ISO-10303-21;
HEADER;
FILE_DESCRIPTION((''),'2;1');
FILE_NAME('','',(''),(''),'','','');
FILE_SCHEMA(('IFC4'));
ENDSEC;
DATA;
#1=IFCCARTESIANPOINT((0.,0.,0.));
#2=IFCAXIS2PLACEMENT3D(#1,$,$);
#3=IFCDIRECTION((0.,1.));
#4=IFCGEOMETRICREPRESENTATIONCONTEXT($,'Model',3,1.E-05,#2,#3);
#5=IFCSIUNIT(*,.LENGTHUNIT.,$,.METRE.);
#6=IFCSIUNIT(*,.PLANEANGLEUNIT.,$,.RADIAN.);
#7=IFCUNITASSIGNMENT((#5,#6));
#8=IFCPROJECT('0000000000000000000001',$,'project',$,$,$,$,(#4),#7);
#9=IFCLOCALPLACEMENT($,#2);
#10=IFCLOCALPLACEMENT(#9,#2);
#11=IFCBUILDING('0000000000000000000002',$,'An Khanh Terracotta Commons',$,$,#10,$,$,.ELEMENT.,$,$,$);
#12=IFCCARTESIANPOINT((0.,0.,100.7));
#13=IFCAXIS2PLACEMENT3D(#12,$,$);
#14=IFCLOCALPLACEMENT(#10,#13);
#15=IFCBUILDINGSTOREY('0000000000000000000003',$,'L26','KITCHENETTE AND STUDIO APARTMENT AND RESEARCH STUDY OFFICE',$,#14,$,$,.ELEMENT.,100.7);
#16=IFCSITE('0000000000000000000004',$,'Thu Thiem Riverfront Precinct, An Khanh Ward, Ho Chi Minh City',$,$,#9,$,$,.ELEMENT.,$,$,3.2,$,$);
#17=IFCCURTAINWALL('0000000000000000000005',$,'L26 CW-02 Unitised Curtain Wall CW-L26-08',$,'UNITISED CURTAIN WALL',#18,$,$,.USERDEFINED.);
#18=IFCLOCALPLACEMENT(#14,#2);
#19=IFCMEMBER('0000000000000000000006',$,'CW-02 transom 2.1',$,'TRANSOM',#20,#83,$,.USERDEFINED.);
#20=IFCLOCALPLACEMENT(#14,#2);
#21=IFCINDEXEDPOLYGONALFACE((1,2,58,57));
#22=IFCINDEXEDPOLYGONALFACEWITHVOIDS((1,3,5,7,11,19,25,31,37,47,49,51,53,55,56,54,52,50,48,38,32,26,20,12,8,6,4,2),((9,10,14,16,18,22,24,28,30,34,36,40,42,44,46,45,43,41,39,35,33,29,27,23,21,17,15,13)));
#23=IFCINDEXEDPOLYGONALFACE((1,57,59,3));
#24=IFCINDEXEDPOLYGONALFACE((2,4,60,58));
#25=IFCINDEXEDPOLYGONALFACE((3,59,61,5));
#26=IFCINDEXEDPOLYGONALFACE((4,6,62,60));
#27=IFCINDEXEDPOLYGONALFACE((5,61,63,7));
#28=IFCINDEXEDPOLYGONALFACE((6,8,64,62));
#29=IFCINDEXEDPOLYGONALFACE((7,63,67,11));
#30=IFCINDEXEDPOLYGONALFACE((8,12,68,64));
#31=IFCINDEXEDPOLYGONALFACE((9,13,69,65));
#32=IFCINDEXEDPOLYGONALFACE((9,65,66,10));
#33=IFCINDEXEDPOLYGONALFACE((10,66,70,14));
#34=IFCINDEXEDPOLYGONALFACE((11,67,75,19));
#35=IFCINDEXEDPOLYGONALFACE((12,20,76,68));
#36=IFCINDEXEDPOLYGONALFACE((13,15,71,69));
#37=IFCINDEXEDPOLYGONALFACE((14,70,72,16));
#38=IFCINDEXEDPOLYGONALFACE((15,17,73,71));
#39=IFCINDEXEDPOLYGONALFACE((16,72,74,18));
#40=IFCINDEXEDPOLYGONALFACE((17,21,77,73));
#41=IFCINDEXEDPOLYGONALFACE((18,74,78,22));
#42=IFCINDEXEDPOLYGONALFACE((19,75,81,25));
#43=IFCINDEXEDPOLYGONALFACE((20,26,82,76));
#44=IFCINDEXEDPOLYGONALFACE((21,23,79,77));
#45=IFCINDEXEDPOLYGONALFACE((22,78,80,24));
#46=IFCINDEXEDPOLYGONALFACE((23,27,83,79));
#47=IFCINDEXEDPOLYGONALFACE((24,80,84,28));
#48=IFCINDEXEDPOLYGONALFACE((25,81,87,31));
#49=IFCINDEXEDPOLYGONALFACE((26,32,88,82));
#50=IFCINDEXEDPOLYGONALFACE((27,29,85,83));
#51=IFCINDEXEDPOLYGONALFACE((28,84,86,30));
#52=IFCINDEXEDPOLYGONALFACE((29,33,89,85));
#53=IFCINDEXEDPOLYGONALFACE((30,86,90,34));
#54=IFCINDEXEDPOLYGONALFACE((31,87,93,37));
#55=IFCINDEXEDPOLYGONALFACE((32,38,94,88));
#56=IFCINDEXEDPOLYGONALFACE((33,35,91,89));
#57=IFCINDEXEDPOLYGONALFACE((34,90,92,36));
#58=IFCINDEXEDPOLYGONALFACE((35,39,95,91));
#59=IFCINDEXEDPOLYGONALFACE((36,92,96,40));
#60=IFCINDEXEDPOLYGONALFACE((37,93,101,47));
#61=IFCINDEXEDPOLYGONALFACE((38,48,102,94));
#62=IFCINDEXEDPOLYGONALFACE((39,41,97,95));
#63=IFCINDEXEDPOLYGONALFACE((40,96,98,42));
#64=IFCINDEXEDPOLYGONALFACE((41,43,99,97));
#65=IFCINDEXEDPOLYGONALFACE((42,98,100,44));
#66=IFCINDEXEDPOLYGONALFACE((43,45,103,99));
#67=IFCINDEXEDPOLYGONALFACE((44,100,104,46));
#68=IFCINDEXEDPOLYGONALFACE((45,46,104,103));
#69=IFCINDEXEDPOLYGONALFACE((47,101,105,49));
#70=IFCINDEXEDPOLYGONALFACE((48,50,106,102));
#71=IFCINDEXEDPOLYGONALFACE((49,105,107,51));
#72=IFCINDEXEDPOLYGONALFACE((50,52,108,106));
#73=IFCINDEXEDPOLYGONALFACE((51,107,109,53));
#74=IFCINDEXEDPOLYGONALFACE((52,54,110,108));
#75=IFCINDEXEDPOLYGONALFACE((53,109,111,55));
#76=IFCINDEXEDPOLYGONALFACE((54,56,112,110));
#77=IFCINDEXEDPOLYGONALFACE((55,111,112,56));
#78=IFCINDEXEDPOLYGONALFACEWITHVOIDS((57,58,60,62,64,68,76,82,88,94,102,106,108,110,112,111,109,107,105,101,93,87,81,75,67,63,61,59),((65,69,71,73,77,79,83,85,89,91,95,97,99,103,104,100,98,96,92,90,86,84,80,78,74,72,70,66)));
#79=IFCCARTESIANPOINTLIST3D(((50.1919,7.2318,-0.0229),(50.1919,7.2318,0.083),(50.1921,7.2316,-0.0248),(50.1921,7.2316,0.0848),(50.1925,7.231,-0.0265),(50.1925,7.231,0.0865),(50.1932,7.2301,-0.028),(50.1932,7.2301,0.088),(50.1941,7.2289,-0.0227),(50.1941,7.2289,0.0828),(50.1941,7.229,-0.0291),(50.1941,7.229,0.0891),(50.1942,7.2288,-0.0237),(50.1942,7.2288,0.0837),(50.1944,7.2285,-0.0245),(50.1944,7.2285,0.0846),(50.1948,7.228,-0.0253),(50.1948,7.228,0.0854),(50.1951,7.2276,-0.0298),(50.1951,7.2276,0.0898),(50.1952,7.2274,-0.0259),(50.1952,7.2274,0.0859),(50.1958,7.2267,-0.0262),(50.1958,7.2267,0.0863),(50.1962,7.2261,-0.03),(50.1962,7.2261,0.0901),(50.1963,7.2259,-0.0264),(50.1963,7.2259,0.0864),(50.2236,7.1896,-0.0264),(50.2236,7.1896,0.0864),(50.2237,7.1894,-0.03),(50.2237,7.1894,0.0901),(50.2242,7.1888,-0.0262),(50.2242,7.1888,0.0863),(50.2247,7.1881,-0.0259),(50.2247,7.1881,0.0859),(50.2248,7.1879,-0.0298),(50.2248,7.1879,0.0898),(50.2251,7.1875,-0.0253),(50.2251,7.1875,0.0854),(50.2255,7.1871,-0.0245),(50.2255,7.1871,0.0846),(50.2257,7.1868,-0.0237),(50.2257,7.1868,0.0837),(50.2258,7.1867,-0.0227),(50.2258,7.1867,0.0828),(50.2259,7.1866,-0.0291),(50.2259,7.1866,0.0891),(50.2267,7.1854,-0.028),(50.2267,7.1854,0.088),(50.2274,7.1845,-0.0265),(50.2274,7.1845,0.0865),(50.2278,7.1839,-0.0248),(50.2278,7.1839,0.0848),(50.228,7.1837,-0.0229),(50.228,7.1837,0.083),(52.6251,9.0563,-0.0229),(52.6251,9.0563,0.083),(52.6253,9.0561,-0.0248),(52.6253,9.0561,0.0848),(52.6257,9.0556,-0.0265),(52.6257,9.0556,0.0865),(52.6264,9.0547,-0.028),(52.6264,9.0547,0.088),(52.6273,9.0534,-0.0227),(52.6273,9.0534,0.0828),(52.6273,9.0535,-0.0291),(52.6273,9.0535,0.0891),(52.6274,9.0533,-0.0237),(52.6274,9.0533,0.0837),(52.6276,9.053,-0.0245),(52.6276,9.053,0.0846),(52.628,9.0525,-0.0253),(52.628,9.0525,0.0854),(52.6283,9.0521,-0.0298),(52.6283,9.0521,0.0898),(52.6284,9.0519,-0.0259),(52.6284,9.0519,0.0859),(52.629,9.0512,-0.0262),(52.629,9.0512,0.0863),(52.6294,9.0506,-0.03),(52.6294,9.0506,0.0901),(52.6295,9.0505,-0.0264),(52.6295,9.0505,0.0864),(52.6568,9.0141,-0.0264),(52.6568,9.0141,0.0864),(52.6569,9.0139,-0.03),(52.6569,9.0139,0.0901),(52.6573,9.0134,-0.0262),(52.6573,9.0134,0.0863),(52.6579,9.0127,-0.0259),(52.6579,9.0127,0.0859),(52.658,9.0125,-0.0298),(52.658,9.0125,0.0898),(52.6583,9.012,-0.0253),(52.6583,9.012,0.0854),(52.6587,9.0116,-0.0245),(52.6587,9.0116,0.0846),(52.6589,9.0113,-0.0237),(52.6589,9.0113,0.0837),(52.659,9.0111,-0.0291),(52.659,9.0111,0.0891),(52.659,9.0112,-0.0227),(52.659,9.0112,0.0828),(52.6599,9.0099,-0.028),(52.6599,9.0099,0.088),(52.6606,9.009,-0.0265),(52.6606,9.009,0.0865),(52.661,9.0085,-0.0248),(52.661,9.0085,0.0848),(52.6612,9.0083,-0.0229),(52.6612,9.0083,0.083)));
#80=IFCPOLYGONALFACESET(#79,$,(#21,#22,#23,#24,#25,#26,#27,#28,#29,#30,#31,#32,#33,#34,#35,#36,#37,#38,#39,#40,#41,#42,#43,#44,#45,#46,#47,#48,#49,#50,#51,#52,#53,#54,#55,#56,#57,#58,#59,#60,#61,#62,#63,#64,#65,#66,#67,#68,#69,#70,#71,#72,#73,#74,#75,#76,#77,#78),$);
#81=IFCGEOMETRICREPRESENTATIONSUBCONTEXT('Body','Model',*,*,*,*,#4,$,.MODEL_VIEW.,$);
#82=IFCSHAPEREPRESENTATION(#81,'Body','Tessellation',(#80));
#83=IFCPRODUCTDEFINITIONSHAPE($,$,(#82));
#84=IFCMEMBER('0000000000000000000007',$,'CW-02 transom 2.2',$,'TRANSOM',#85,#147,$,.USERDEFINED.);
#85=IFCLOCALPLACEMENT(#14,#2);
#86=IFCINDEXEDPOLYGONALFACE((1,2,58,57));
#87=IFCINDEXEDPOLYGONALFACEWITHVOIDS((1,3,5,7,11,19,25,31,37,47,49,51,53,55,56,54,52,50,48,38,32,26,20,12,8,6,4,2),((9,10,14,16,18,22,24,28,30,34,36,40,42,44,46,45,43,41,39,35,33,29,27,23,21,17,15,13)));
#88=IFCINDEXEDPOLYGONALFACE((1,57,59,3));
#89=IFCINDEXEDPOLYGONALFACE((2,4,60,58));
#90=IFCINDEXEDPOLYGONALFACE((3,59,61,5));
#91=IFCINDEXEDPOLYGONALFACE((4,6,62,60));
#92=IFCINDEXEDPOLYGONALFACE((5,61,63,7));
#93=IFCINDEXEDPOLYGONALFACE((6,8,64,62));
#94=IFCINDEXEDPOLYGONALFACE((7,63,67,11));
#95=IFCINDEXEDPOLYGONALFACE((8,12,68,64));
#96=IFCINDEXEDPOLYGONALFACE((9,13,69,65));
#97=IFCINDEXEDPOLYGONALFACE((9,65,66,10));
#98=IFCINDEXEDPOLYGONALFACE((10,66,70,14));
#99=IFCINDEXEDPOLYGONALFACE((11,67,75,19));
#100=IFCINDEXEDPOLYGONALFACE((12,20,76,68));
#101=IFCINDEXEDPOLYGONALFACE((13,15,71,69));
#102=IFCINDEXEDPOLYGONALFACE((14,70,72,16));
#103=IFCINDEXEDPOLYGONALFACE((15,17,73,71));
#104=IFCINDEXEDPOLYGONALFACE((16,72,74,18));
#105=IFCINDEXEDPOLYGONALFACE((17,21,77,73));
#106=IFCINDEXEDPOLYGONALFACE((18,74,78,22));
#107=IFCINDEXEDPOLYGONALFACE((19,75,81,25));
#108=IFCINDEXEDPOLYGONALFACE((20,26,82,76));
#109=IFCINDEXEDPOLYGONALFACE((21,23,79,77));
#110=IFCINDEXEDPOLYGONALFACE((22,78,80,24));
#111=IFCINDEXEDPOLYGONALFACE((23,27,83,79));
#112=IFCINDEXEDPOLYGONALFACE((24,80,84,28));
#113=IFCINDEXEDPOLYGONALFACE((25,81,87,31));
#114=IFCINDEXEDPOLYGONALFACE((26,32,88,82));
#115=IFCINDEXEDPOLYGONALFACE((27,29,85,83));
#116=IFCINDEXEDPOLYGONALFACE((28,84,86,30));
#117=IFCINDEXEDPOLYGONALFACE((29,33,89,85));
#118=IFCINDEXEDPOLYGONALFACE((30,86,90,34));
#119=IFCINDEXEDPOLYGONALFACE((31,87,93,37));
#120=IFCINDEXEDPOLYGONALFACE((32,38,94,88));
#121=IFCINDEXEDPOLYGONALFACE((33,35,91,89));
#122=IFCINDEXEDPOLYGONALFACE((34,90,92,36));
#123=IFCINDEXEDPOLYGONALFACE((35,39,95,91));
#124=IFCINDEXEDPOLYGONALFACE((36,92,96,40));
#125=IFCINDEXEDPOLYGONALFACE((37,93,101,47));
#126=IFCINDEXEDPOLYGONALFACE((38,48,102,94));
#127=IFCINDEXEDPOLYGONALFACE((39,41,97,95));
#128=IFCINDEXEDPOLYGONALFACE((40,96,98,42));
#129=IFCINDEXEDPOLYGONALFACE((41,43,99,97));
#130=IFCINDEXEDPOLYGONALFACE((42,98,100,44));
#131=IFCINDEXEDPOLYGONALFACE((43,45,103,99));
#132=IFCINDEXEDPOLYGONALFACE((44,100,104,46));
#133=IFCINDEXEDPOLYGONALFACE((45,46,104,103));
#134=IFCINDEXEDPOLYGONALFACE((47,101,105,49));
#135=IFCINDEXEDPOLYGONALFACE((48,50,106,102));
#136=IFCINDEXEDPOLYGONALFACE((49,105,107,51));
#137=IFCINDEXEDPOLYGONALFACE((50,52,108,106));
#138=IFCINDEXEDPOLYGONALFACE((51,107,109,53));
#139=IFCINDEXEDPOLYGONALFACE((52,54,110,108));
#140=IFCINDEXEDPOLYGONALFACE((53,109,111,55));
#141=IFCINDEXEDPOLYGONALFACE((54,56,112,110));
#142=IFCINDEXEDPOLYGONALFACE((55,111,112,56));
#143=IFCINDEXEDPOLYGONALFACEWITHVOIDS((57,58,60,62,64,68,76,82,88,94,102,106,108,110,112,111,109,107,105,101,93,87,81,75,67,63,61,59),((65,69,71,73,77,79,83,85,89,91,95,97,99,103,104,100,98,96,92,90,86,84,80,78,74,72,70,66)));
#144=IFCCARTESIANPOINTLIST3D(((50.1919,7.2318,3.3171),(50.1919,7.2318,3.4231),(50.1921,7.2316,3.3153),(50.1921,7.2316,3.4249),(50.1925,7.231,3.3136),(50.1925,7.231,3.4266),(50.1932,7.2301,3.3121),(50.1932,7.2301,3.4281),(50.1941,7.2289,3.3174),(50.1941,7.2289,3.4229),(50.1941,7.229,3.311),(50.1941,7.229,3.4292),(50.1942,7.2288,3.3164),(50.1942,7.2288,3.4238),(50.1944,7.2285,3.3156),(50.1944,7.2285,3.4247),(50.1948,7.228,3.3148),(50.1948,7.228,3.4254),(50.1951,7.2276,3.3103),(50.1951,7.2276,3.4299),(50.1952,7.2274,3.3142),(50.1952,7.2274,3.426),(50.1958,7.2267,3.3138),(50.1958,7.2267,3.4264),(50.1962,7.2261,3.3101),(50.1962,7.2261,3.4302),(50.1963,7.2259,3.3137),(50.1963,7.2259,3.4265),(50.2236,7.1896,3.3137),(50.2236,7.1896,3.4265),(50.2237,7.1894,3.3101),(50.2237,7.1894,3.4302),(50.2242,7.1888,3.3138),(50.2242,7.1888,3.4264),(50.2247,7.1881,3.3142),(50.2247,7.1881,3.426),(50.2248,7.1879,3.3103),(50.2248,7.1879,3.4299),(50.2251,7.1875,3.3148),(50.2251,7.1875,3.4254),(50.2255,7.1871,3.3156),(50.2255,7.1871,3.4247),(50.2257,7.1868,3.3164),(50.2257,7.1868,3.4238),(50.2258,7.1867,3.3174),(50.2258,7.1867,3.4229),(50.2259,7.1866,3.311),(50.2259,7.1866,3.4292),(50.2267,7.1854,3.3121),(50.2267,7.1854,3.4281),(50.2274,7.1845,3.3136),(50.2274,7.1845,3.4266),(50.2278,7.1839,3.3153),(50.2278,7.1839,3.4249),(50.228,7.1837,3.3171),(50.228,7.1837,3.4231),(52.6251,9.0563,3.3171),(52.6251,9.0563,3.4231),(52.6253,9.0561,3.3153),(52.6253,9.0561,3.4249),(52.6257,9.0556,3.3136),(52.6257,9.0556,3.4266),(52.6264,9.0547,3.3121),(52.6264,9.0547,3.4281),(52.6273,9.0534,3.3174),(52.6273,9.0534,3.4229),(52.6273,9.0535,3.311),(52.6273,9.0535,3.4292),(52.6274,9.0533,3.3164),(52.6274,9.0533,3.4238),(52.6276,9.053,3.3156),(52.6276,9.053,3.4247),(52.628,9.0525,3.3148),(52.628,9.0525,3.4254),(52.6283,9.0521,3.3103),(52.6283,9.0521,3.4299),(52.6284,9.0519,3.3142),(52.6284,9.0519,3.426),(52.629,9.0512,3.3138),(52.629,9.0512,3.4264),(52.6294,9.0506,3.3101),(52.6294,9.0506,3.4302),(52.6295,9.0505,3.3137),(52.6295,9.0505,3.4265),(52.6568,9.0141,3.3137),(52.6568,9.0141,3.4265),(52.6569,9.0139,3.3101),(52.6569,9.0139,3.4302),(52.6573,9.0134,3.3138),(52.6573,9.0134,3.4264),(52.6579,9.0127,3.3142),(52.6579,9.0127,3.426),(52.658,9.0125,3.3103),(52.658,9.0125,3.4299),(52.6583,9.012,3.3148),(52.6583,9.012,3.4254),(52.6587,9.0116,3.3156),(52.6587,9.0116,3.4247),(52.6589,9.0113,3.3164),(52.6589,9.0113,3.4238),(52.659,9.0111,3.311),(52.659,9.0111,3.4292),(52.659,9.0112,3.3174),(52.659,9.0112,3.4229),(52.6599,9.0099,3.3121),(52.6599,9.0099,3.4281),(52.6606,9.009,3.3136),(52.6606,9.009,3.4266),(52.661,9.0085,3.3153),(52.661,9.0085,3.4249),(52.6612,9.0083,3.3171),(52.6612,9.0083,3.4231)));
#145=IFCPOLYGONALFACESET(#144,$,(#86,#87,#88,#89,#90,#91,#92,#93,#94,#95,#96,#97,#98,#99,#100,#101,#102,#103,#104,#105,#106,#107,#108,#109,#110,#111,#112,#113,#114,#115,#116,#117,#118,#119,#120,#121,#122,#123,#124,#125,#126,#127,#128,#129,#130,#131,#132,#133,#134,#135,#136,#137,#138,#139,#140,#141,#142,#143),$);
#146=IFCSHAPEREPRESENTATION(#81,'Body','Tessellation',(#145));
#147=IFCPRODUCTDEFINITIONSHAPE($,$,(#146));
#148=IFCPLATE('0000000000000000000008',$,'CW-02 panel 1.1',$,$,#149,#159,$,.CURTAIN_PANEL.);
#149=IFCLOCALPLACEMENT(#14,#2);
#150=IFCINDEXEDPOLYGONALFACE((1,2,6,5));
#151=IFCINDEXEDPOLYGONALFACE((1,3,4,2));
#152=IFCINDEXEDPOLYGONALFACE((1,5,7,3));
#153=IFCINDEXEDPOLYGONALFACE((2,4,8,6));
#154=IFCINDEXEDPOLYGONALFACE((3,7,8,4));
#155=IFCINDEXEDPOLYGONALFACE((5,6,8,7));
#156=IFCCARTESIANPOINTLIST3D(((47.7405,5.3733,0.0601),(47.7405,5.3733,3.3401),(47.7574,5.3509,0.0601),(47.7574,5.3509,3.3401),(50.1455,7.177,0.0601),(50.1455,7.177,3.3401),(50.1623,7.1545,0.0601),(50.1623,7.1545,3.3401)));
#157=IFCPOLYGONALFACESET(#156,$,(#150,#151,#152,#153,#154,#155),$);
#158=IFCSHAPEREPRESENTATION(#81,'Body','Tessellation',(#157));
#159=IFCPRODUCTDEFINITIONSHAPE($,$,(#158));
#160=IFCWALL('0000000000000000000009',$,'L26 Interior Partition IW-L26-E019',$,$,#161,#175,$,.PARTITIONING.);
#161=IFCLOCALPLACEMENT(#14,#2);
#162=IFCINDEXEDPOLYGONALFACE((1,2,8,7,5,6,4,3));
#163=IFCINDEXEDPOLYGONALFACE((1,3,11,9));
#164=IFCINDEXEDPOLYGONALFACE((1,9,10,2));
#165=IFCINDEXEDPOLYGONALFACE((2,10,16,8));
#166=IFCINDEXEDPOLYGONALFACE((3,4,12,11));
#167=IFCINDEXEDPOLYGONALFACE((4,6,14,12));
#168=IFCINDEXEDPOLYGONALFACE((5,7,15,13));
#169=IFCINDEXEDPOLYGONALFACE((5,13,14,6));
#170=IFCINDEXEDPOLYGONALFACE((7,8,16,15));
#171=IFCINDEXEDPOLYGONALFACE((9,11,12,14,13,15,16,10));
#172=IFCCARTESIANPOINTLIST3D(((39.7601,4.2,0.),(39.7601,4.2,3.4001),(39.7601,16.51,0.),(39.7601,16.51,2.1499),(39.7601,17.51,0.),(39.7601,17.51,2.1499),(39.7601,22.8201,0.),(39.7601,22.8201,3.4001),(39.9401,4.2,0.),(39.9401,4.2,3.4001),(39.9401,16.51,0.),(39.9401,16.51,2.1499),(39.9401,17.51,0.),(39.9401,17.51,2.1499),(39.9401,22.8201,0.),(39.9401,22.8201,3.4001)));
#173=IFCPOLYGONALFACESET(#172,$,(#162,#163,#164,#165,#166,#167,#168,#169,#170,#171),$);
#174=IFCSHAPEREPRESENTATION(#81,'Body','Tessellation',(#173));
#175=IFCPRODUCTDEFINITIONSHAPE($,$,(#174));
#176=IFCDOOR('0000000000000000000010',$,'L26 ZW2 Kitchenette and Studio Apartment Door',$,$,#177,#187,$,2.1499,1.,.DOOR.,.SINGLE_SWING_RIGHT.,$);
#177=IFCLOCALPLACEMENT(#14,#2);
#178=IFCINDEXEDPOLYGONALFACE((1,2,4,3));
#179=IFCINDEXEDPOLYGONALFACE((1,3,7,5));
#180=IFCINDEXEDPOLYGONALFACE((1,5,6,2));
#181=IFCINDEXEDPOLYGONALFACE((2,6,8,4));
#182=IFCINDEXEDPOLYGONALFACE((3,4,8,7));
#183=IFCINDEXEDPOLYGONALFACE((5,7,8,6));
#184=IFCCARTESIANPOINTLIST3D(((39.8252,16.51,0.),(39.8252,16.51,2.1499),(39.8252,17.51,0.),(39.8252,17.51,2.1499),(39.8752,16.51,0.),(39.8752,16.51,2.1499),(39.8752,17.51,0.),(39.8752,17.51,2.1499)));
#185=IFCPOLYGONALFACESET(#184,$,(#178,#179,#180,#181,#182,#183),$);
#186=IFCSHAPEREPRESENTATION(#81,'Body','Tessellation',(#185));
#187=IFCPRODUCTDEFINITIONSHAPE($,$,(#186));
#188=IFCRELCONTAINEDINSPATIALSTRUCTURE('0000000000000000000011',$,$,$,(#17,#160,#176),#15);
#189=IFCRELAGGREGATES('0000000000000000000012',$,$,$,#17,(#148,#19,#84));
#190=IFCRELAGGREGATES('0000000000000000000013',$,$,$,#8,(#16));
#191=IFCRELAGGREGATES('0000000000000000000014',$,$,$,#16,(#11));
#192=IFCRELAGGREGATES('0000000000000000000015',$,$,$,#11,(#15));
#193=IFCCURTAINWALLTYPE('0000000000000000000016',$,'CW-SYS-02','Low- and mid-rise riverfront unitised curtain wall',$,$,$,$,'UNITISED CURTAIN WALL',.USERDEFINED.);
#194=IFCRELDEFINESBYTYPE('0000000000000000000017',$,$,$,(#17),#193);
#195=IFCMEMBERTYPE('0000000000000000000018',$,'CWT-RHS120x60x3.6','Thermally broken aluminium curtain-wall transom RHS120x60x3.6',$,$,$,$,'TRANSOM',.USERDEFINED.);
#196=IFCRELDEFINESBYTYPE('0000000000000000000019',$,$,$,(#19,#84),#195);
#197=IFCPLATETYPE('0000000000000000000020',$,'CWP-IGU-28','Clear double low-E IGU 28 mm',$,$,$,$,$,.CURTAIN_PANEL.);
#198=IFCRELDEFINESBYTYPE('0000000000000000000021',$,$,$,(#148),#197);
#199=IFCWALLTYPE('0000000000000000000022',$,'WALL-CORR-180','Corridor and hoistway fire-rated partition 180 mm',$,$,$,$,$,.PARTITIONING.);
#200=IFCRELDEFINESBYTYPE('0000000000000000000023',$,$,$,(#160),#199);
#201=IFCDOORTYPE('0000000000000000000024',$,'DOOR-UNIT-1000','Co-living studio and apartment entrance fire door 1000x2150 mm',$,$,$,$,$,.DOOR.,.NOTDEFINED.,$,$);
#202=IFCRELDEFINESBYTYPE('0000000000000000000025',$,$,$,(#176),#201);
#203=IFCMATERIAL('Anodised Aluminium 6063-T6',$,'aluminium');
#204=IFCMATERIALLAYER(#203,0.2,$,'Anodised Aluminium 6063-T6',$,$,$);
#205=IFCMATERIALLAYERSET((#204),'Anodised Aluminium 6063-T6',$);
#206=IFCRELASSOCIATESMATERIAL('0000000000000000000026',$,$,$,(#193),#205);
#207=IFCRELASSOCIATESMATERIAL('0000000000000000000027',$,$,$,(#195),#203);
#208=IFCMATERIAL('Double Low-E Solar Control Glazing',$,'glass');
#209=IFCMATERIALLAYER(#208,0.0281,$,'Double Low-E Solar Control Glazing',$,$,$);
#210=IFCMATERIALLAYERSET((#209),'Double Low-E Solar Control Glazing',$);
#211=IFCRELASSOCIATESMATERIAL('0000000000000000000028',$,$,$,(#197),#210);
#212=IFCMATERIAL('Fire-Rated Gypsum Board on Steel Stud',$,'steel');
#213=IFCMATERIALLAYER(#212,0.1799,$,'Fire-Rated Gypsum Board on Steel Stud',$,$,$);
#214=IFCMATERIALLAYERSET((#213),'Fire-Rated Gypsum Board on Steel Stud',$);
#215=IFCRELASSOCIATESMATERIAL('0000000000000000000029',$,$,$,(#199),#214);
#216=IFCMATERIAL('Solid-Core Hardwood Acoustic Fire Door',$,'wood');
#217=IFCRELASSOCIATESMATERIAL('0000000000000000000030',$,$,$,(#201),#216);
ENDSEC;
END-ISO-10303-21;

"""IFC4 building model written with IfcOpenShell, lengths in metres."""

from ifc_helpers import new_model, si_unit, direction, frame, frame_2d, origin, origin_2d, place, context, subcontext, project, spatial, rectangle, hollow_rectangle, extrude, material, layer, layer_set, material_profile, profile_set, type_object, element, fill, aggregate, save


model = new_model("IFC4")

# Units and contexts
model_context = context("Model", 3, precision=1e-05, world=origin(), true_north=direction((0.0, 1.0)))
body_context = subcontext(model_context, "Body", "Model", "MODEL_VIEW")
ifc_project = project(units=[si_unit("LENGTHUNIT", "METRE"), si_unit("PLANEANGLEUNIT", "RADIAN")], contexts=[model_context])

# Site, building, storey
site_placement = place(None, origin())
site = spatial("IfcSite", under=ifc_project, at=site_placement, Name="Thu Thiem Riverfront Precinct, An Khanh Ward, Ho Chi Minh City", CompositionType="ELEMENT", RefElevation=3.2)
building_placement = place(site_placement, origin())
building = spatial("IfcBuilding", under=site, at=building_placement, Name="An Khanh Terracotta Commons", CompositionType="ELEMENT")
storey_placement = place(building_placement, frame((0.0, 0.0, 100.7)))
storey = spatial("IfcBuildingStorey", under=building, at=storey_placement, Name="L26", Description="KITCHENETTE AND STUDIO APARTMENT AND RESEARCH STUDY OFFICE", CompositionType="ELEMENT", Elevation=100.7)

# Curtain wall, members, plate
ifc_material_1 = material(Name="Anodised Aluminium 6063-T6", Category="aluminium")
ifc_layer_1 = layer(ifc_material_1, 0.2, Name="Anodised Aluminium 6063-T6")
ifc_layer_set_1 = layer_set([ifc_layer_1], Name="Anodised Aluminium 6063-T6")
curtain_wall_type = type_object("IfcCurtainWallType", Name="CW-SYS-02", Description="Low- and mid-rise riverfront unitised curtain wall", ElementType="UNITISED CURTAIN WALL", PredefinedType="USERDEFINED", material=ifc_layer_set_1)
curtain_wall_placement = place(storey_placement, origin())
curtain_wall = element("IfcCurtainWall", 1, at=curtain_wall_placement, inside=storey, type_object=curtain_wall_type, Name="L26 CW-02 Unitised Curtain Wall CW-L26-08", ObjectType="UNITISED CURTAIN WALL", PredefinedType="USERDEFINED")
ifc_material_profile_1 = material_profile(ifc_material_1, hollow_rectangle(XDim=0.0601, YDim=0.1201, WallThickness=0.0037, InnerFilletRadius=0.0037, OuterFilletRadius=0.0071, at=origin_2d()), Name="RHS120x60x3.6")
ifc_profile_set_1 = profile_set([ifc_material_profile_1], Name="Anodised Aluminium 6063-T6")
member_type_1 = type_object("IfcMemberType", Name="CWT-RHS120x60x3.6", Description="Thermally broken aluminium curtain-wall transom RHS120x60x3.6", ElementType="TRANSOM", PredefinedType="USERDEFINED", material=ifc_profile_set_1)
member_1_placement = place(storey_placement, frame((50.21, 7.2078, 0.03), z_axis=(0.800058, 0.599923, 0.0), x_axis=(-0.599923, 0.800058, 0.0)))
member_1 = element("IfcMember", 2, at=member_1_placement, type_object=member_type_1, Name="CW-02 transom 2.1", ObjectType="TRANSOM", PredefinedType="USERDEFINED", context=body_context, shape_type="SweptSolid", body=[
    extrude(hollow_rectangle(XDim=0.0601, YDim=0.1201, WallThickness=0.0037, InnerFilletRadius=0.0037, OuterFilletRadius=0.0071, at=origin_2d()), origin(), (0.0, 0.0, 1.0), 3.0413),
])
member_2_placement = place(storey_placement, frame((50.21, 7.2078, 3.3701), z_axis=(0.800058, 0.599923, 0.0), x_axis=(-0.599923, 0.800058, 0.0)))
member_2 = element("IfcMember", 3, at=member_2_placement, type_object=member_type_1, Name="CW-02 transom 2.2", ObjectType="TRANSOM", PredefinedType="USERDEFINED", context=body_context, shape_type="SweptSolid", body=[
    extrude(hollow_rectangle(XDim=0.0601, YDim=0.1201, WallThickness=0.0037, InnerFilletRadius=0.0037, OuterFilletRadius=0.0071, at=origin_2d()), origin(), (0.0, 0.0, 1.0), 3.0413),
])
ifc_material_2 = material(Name="Double Low-E Solar Control Glazing", Category="glass")
ifc_layer_2 = layer(ifc_material_2, 0.0281, Name="Double Low-E Solar Control Glazing")
ifc_layer_set_2 = layer_set([ifc_layer_2], Name="Double Low-E Solar Control Glazing")
plate_type = type_object("IfcPlateType", Name="CWP-IGU-28", Description="Clear double low-E IGU 28 mm", PredefinedType="CURTAIN_PANEL", material=ifc_layer_set_2)
plate_placement = place(storey_placement, frame((48.9514, 6.2639, 0.0601), z_axis=(0.0, 0.0, 1.0), x_axis=(0.800013, 0.599983, 0.0)))
plate = element("IfcPlate", 4, at=plate_placement, type_object=plate_type, Name="CW-02 panel 1.1", PredefinedType="CURTAIN_PANEL", context=body_context, shape_type="SweptSolid", body=[
    extrude(rectangle(XDim=3.0061, YDim=0.0281, at=origin_2d()), origin(), (0.0, 0.0, 1.0), 3.28),
])
aggregate(curtain_wall, [plate, member_1, member_2])

# Wall, opening, door
ifc_material_3 = material(Name="Fire-Rated Gypsum Board on Steel Stud", Category="steel")
ifc_layer_3 = layer(ifc_material_3, 0.1799, Name="Fire-Rated Gypsum Board on Steel Stud")
ifc_layer_set_3 = layer_set([ifc_layer_3], Name="Fire-Rated Gypsum Board on Steel Stud")
wall_type_1 = type_object("IfcWallType", Name="WALL-CORR-180", Description="Corridor and hoistway fire-rated partition 180 mm", PredefinedType="PARTITIONING", material=ifc_layer_set_3)
wall_1_placement = place(storey_placement, frame((39.8501, 4.2, 0.0), z_axis=(0.0, 0.0, 1.0), x_axis=(0.0, 1.0, 0.0)))
wall_1 = element("IfcWall", 5, at=wall_1_placement, inside=storey, type_object=wall_type_1, Name="L26 Interior Partition IW-L26-E019", PredefinedType="PARTITIONING", context=body_context, shape_type="SweptSolid", body=[
    extrude(rectangle(XDim=18.6201, YDim=0.1799, at=frame_2d((9.3101, 0.0))), origin(), (0.0, 0.0, 1.0), 3.4001),
])
opening_placement = place(wall_1_placement, frame((12.3101, 0.0, 0.0)))
opening = element("IfcOpeningElement", 6, at=opening_placement, cuts=wall_1, PredefinedType="OPENING", context=body_context, shape_type="SweptSolid", body=[
    extrude(rectangle(XDim=1.0, YDim=2.1499, at=frame_2d((0.5, 1.075))), frame((0.0, 0.0999, 0.0), z_axis=(0.0, -1.0, 0.0), x_axis=(1.0, 0.0, 0.0)), (0.0, 0.0, 1.0), 0.2),
])
ifc_material_4 = material(Name="Solid-Core Hardwood Acoustic Fire Door", Category="wood")
door_type = type_object("IfcDoorType", Name="DOOR-UNIT-1000", Description="Co-living studio and apartment entrance fire door 1000x2150 mm", OperationType="NOTDEFINED", PredefinedType="DOOR", material=ifc_material_4)
door_placement = place(opening_placement, origin())
door = element("IfcDoor", 7, at=door_placement, inside=storey, type_object=door_type, Name="L26 ZW2 Kitchenette and Studio Apartment Door", OperationType="SINGLE_SWING_RIGHT", OverallHeight=2.1499, OverallWidth=1.0, PredefinedType="DOOR", context=body_context, shape_type="SweptSolid", body=[
    extrude(rectangle(XDim=1.0, YDim=2.1499, at=frame_2d((0.5, 1.075))), frame((0.0, 0.0249, 0.0), z_axis=(0.0, -1.0, 0.0), x_axis=(1.0, 0.0, 0.0)), (0.0, 0.0, 1.0), 0.05),
])
fill(opening, door)

save(model, "model.ifc")
